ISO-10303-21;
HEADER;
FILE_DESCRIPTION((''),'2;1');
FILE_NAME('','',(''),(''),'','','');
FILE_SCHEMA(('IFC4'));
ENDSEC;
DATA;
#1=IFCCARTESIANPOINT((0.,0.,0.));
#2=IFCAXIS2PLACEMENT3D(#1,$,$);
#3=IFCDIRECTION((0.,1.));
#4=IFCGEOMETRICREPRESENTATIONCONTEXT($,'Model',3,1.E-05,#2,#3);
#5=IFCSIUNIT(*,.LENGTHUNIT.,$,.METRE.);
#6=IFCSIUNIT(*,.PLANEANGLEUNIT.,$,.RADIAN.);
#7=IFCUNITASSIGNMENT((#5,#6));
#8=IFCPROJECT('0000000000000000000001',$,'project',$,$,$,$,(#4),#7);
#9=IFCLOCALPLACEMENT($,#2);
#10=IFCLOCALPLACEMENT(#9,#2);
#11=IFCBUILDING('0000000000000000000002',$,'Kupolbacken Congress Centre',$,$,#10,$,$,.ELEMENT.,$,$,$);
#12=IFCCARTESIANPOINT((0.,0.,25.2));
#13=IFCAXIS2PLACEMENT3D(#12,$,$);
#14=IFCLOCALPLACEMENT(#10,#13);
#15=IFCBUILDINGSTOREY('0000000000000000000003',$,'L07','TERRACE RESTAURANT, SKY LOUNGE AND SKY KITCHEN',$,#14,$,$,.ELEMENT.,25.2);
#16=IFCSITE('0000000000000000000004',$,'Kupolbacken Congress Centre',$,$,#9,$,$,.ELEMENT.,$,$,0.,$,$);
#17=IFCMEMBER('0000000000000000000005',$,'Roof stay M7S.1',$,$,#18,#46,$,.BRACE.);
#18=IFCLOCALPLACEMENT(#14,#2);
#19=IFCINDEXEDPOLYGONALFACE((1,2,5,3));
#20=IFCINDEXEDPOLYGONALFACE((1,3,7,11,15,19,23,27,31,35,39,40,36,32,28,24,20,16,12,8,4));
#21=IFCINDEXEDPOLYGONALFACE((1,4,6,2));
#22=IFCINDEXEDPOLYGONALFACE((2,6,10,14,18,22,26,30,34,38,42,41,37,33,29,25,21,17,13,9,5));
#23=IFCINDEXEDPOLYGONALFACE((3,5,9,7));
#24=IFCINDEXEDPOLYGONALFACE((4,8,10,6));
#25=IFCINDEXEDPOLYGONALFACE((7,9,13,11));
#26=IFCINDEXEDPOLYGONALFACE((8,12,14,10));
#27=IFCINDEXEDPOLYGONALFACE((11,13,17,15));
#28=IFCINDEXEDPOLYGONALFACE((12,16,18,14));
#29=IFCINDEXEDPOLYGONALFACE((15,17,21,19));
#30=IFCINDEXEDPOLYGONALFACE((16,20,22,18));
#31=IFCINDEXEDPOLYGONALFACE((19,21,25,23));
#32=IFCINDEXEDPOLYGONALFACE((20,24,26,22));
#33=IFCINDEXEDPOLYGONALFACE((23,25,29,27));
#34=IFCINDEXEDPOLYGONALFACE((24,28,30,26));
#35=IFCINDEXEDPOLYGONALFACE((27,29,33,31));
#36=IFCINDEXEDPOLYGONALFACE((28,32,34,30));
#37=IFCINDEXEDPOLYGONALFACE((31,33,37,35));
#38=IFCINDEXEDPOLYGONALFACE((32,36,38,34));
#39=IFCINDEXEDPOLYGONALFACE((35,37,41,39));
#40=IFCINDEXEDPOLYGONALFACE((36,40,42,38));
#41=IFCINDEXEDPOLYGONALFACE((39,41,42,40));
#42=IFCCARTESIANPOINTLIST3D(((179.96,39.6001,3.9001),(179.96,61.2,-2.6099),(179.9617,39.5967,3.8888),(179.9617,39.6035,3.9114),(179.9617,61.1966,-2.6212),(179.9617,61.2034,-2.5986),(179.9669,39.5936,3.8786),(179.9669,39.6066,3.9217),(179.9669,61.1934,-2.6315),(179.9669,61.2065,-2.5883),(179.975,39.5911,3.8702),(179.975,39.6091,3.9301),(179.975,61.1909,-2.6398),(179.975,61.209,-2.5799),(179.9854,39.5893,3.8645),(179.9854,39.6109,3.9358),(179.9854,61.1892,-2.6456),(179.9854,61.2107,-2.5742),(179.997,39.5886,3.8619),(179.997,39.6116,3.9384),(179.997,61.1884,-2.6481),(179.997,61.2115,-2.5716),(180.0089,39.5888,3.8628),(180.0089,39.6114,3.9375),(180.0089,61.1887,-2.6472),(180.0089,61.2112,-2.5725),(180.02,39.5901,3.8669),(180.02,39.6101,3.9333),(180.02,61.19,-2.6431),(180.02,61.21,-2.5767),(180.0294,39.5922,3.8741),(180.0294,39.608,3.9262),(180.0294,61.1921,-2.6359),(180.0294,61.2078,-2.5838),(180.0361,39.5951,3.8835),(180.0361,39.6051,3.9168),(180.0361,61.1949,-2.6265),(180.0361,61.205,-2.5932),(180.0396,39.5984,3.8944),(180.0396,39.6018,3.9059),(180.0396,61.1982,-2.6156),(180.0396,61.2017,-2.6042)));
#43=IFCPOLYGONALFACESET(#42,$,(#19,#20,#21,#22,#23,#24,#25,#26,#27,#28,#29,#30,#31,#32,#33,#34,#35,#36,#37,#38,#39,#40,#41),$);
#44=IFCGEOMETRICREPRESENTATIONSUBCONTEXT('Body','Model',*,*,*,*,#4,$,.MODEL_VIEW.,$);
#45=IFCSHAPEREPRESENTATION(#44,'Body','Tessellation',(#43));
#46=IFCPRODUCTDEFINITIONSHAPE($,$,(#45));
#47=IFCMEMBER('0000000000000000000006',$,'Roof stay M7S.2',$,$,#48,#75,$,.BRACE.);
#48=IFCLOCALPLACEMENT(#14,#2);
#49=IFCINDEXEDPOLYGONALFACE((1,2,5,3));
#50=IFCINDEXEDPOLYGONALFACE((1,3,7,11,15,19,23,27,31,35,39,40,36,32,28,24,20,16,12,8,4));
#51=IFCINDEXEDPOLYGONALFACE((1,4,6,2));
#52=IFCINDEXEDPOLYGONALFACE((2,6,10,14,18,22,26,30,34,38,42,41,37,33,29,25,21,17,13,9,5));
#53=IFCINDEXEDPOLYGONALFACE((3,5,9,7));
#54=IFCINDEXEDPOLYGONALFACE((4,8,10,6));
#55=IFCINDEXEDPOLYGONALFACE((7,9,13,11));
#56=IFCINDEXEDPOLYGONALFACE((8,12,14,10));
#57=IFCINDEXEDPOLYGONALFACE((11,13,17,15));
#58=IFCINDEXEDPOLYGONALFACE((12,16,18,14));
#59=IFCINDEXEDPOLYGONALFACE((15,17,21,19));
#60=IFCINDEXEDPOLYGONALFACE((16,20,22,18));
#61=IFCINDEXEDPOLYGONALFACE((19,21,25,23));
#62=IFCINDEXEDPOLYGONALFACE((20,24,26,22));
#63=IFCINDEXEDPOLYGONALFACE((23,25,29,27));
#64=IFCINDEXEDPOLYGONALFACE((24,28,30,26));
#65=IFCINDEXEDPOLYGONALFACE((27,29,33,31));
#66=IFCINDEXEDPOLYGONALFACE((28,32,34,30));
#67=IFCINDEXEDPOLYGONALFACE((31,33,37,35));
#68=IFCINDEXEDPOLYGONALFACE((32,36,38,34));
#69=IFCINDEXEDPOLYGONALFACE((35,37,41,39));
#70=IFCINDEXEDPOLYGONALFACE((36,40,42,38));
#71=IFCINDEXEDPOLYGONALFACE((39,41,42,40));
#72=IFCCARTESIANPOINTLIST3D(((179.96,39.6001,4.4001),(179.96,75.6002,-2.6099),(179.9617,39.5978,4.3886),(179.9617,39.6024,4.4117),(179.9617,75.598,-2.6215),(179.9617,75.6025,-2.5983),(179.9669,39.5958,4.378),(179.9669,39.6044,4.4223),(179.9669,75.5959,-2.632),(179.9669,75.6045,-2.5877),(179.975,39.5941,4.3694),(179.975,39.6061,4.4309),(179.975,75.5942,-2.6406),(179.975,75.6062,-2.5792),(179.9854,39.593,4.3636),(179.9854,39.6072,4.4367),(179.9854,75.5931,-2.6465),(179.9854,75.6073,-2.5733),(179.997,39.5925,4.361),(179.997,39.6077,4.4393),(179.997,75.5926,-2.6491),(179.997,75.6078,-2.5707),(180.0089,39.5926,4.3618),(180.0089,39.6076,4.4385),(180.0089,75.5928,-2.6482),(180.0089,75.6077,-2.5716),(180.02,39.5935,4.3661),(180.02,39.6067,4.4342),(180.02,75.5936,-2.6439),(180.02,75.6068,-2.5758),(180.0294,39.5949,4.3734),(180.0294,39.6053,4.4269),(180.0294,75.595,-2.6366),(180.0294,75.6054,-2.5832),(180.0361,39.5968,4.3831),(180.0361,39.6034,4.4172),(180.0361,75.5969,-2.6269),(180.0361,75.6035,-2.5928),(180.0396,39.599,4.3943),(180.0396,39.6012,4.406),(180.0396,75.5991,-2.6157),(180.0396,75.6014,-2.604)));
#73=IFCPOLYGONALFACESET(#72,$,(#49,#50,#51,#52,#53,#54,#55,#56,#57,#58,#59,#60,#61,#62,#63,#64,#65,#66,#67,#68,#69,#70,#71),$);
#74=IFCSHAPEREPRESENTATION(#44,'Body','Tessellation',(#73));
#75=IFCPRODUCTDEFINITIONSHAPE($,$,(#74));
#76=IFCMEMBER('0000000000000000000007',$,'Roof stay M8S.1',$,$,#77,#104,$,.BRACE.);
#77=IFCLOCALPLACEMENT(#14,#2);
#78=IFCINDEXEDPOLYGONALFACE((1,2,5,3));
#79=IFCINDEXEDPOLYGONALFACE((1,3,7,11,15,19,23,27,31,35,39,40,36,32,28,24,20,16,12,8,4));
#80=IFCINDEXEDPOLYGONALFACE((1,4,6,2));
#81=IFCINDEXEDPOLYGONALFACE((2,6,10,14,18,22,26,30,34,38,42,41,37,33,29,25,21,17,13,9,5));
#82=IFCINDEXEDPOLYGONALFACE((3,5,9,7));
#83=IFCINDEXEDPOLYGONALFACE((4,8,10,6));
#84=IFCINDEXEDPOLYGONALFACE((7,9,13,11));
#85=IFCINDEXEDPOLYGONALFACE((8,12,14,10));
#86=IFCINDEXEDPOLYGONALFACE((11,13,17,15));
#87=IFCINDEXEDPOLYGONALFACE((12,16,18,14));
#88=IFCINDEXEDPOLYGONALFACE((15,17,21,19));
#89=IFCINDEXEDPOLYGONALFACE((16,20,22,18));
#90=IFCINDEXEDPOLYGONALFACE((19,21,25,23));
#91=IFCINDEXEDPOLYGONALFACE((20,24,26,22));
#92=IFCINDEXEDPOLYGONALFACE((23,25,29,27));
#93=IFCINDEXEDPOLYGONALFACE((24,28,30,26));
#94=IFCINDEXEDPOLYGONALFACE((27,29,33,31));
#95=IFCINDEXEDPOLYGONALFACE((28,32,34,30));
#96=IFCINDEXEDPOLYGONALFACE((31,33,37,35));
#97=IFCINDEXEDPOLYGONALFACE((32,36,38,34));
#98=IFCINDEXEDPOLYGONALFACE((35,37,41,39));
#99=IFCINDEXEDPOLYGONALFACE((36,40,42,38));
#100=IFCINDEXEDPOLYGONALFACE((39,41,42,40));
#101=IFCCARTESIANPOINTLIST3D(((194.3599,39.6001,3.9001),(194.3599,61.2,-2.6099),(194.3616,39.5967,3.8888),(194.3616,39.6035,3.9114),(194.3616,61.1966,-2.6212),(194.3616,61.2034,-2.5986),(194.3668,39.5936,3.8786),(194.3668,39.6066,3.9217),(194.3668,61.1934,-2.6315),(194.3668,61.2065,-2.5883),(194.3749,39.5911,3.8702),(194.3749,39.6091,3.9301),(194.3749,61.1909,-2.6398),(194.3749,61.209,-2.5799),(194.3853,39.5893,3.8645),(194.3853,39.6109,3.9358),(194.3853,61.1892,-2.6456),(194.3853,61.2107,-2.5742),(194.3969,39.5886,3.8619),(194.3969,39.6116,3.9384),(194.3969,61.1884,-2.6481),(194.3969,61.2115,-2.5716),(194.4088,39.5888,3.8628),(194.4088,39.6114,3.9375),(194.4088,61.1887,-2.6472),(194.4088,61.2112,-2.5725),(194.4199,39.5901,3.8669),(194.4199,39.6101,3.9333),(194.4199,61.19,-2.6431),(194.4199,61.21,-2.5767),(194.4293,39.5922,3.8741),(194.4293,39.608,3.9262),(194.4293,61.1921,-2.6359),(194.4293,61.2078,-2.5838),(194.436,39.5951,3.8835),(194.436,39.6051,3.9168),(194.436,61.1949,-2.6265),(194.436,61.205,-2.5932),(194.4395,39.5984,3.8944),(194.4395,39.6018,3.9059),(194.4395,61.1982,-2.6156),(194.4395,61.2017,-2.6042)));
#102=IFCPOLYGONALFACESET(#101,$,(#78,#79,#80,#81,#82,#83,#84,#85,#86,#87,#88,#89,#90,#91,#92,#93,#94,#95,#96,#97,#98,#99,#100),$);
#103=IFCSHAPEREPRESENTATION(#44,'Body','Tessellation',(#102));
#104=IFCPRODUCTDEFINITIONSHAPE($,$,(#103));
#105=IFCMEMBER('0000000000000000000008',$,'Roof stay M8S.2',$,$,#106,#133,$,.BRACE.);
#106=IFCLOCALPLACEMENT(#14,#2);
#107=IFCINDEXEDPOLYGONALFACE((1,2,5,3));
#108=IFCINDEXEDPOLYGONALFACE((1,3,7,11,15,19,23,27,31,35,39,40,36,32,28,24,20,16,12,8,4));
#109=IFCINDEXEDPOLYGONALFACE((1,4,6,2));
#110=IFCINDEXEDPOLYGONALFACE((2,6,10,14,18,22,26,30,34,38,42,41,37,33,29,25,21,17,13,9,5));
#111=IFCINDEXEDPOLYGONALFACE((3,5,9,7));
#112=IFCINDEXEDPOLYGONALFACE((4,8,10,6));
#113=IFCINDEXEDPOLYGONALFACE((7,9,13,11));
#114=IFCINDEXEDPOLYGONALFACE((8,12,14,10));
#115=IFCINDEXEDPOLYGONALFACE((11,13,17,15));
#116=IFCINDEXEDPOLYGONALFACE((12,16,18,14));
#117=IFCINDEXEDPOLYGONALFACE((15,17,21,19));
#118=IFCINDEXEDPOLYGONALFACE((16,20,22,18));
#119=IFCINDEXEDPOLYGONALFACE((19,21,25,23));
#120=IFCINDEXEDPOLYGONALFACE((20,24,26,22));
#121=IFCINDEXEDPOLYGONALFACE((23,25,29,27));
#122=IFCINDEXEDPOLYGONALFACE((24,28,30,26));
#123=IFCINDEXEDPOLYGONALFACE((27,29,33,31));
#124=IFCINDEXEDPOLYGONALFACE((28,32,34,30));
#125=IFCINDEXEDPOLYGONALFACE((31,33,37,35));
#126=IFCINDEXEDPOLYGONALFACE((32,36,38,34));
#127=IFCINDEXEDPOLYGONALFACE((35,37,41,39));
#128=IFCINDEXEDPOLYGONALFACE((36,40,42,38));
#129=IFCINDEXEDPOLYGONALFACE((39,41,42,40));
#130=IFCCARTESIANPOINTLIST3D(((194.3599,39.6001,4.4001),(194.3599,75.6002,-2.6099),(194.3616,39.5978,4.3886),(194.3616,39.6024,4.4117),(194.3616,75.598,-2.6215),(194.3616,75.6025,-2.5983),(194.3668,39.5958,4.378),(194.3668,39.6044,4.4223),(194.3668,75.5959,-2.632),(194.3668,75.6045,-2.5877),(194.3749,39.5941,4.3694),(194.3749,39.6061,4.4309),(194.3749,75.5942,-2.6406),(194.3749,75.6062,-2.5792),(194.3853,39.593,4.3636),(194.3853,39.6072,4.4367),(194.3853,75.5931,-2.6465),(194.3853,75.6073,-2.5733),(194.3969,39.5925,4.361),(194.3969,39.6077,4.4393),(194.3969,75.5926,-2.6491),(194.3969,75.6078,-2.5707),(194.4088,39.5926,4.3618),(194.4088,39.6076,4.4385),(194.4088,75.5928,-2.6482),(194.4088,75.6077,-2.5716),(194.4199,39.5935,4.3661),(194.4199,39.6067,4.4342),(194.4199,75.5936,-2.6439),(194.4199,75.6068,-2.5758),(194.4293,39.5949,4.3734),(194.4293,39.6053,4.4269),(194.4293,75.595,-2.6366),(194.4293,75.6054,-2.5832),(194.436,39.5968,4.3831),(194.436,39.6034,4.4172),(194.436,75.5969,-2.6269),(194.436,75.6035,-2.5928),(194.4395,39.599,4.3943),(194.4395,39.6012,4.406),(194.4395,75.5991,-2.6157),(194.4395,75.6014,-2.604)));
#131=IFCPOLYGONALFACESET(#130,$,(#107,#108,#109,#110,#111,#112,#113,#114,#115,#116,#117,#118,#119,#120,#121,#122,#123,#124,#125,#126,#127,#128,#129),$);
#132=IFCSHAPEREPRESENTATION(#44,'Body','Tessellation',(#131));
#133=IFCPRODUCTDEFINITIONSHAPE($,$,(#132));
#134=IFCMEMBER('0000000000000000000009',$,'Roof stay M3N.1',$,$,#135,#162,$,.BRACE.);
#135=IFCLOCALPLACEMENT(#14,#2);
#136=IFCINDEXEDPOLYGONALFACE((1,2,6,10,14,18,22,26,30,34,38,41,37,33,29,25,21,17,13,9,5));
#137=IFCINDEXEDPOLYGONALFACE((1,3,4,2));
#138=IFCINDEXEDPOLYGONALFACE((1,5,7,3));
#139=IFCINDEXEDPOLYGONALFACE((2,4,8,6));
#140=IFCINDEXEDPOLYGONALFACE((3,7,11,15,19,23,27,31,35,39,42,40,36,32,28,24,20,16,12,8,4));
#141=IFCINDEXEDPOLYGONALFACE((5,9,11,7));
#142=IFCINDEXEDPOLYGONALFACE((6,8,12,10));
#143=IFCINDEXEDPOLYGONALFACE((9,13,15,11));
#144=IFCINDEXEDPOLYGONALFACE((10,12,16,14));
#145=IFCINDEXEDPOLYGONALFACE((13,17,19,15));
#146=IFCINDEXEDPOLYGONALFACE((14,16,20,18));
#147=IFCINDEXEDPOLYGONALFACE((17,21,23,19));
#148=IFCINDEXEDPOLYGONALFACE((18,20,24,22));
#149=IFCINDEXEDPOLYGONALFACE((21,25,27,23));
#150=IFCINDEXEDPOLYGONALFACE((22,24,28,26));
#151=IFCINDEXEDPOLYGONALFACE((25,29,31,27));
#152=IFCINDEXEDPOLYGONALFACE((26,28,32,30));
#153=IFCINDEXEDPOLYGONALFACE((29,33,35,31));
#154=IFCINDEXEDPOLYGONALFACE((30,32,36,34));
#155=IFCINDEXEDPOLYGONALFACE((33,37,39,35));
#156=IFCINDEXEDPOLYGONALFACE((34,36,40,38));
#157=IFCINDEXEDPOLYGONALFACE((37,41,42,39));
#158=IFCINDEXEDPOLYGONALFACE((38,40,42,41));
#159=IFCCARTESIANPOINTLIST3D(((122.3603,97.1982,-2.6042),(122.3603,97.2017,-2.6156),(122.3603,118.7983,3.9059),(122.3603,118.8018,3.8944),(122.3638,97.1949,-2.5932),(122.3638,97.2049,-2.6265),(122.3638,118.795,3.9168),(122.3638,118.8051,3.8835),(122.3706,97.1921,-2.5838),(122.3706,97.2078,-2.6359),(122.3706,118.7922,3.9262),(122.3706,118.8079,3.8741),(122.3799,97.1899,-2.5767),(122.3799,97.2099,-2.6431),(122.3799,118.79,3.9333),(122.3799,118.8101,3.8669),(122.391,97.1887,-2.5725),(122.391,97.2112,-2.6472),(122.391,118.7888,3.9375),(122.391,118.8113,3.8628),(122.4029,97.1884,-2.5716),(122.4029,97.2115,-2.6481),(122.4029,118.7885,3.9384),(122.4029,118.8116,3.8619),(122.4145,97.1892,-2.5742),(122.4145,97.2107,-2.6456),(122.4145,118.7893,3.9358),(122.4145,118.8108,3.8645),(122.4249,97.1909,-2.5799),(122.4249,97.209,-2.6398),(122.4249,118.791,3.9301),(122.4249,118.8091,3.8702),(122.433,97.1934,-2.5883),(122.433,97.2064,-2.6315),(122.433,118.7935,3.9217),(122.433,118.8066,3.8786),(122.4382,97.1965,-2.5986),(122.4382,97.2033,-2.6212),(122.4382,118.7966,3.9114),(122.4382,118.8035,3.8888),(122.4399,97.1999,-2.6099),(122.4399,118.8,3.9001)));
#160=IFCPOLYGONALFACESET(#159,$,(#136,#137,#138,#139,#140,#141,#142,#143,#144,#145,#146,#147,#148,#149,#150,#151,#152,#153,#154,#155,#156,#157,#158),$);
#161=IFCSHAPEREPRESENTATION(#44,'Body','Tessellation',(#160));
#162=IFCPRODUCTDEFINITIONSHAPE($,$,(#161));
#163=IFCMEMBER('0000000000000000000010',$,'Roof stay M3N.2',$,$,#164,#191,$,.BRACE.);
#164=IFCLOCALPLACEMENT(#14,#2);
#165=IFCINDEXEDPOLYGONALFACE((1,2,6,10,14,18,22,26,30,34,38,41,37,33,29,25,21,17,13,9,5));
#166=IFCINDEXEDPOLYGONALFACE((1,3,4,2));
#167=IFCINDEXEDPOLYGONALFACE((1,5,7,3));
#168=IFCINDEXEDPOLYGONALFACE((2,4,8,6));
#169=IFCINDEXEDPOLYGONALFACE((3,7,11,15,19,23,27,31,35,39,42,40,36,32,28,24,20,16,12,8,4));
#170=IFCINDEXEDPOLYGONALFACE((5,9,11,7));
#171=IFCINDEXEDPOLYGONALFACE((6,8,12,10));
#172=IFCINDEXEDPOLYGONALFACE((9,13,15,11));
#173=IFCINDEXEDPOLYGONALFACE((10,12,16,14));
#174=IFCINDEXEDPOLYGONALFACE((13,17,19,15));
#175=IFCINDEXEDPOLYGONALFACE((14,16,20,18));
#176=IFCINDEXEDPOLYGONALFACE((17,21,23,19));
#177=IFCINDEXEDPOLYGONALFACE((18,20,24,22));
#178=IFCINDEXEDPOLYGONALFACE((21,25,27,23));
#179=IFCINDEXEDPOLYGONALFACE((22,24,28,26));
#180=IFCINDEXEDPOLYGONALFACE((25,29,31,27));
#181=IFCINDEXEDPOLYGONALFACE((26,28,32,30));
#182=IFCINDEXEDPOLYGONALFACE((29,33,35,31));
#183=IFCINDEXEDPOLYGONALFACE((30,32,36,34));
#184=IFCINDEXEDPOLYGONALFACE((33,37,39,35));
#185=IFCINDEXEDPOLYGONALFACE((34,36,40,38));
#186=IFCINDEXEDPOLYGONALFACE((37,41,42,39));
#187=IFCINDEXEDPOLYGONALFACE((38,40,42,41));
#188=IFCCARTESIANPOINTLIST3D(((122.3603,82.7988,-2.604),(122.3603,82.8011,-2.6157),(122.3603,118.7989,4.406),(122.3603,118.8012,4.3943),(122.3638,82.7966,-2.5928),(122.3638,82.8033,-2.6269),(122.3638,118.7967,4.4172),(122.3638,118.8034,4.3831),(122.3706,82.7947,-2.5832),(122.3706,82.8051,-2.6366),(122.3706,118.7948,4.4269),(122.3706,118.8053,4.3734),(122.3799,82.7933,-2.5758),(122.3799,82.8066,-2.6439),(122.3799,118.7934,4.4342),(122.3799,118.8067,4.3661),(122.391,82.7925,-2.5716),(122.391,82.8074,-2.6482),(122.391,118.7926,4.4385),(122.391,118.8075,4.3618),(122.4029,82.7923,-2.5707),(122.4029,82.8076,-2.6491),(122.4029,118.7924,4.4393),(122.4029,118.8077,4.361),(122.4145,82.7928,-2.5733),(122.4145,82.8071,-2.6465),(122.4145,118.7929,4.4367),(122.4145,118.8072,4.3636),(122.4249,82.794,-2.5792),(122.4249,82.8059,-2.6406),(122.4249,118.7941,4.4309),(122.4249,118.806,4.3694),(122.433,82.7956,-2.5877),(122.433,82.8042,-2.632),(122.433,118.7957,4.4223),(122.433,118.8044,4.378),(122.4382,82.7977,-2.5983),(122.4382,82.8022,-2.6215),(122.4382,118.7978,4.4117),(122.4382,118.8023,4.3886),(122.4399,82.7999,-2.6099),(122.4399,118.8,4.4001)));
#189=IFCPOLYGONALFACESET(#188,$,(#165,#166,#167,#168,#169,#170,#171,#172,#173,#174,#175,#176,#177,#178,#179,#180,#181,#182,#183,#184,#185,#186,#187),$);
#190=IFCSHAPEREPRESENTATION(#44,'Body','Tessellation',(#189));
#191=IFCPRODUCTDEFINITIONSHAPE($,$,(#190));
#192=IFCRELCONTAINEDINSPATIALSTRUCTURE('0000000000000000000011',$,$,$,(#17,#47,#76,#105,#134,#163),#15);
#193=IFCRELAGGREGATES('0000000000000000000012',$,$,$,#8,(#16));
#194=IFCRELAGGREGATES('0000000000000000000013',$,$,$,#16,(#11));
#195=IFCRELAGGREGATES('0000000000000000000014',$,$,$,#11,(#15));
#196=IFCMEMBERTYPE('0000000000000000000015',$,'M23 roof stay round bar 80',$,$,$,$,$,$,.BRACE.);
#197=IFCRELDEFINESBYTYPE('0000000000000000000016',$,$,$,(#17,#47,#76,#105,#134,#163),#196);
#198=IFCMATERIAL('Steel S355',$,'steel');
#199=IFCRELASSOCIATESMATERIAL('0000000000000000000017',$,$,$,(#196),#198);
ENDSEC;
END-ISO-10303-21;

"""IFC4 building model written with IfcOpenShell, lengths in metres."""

from ifc_helpers import new_model, si_unit, direction, frame, origin, origin_2d, place, context, subcontext, project, spatial, circle, extrude, material, material_profile, profile_set, type_object, element, save


model = new_model("IFC4")

# Units and contexts
model_context = context("Model", 3, precision=1e-05, world=origin(), true_north=direction((0.0, 1.0)))
body_context = subcontext(model_context, "Body", "Model", "MODEL_VIEW")
ifc_project = project(units=[si_unit("LENGTHUNIT", "METRE"), si_unit("PLANEANGLEUNIT", "RADIAN")], contexts=[model_context])

# Site, building, storey
site_placement = place(None, origin())
site = spatial("IfcSite", under=ifc_project, at=site_placement, Name="Kupolbacken Congress Centre", CompositionType="ELEMENT", RefElevation=0.0)
building_placement = place(site_placement, origin())
building = spatial("IfcBuilding", under=site, at=building_placement, Name="Kupolbacken Congress Centre", CompositionType="ELEMENT")
storey_placement = place(building_placement, frame((0.0, 0.0, 25.2)))
storey = spatial("IfcBuildingStorey", under=building, at=storey_placement, Name="L07", Description="TERRACE RESTAURANT, SKY LOUNGE AND SKY KITCHEN", CompositionType="ELEMENT", Elevation=25.2)

# Members
ifc_material_1 = material(Name="Steel S355", Category="steel")
ifc_material_profile_1 = material_profile(ifc_material_1, circle(Radius=0.04, at=origin_2d()), Name="RB 80")
ifc_profile_set_1 = profile_set([ifc_material_profile_1], Name="Steel S355")
member_type = type_object("IfcMemberType", Name="M23 roof stay round bar 80", PredefinedType="BRACE", material=ifc_profile_set_1)
member_1_placement = place(storey_placement, frame((180.0, 39.6001, 3.9001), z_axis=(0.0, 0.957459, -0.28857), x_axis=(-1.0, 0.0, 0.0)))
element("IfcMember", 1, at=member_1_placement, inside=storey, type_object=member_type, Name="Roof stay M7S.1", PredefinedType="BRACE", context=body_context, shape_type="SweptSolid", body=[
    extrude(circle(Radius=0.04, at=origin_2d()), origin(), (0.0, 0.0, 1.0), 22.5596),
])
member_2_placement = place(storey_placement, frame((180.0, 39.6001, 4.4001), z_axis=(0.0, 0.981564, -0.191133), x_axis=(-1.0, 0.0, 0.0)))
element("IfcMember", 2, at=member_2_placement, inside=storey, type_object=member_type, Name="Roof stay M7S.2", PredefinedType="BRACE", context=body_context, shape_type="SweptSolid", body=[
    extrude(circle(Radius=0.04, at=origin_2d()), origin(), (0.0, 0.0, 1.0), 36.6763),
])
member_3_placement = place(storey_placement, frame((194.3999, 39.6001, 3.9001), z_axis=(0.0, 0.957459, -0.28857), x_axis=(-1.0, 0.0, 0.0)))
element("IfcMember", 3, at=member_3_placement, inside=storey, type_object=member_type, Name="Roof stay M8S.1", PredefinedType="BRACE", context=body_context, shape_type="SweptSolid", body=[
    extrude(circle(Radius=0.04, at=origin_2d()), origin(), (0.0, 0.0, 1.0), 22.5596),
])
member_4_placement = place(storey_placement, frame((194.3999, 39.6001, 4.4001), z_axis=(0.0, 0.981564, -0.191133), x_axis=(-1.0, 0.0, 0.0)))
element("IfcMember", 4, at=member_4_placement, inside=storey, type_object=member_type, Name="Roof stay M8S.2", PredefinedType="BRACE", context=body_context, shape_type="SweptSolid", body=[
    extrude(circle(Radius=0.04, at=origin_2d()), origin(), (0.0, 0.0, 1.0), 36.6763),
])
member_5_placement = place(storey_placement, frame((122.3999, 118.8, 3.9001), z_axis=(0.0, -0.95746, -0.288567), x_axis=(1.0, 0.0, 0.0)))
element("IfcMember", 5, at=member_5_placement, inside=storey, type_object=member_type, Name="Roof stay M3N.1", PredefinedType="BRACE", context=body_context, shape_type="SweptSolid", body=[
    extrude(circle(Radius=0.04, at=origin_2d()), origin(), (0.0, 0.0, 1.0), 22.5598),
])
member_6_placement = place(storey_placement, frame((122.3999, 118.8, 4.4001), z_axis=(0.0, -0.981564, -0.191133), x_axis=(1.0, 0.0, 0.0)))
element("IfcMember", 6, at=member_6_placement, inside=storey, type_object=member_type, Name="Roof stay M3N.2", PredefinedType="BRACE", context=body_context, shape_type="SweptSolid", body=[
    extrude(circle(Radius=0.04, at=origin_2d()), origin(), (0.0, 0.0, 1.0), 36.6763),
])

save(model, "model.ifc")
